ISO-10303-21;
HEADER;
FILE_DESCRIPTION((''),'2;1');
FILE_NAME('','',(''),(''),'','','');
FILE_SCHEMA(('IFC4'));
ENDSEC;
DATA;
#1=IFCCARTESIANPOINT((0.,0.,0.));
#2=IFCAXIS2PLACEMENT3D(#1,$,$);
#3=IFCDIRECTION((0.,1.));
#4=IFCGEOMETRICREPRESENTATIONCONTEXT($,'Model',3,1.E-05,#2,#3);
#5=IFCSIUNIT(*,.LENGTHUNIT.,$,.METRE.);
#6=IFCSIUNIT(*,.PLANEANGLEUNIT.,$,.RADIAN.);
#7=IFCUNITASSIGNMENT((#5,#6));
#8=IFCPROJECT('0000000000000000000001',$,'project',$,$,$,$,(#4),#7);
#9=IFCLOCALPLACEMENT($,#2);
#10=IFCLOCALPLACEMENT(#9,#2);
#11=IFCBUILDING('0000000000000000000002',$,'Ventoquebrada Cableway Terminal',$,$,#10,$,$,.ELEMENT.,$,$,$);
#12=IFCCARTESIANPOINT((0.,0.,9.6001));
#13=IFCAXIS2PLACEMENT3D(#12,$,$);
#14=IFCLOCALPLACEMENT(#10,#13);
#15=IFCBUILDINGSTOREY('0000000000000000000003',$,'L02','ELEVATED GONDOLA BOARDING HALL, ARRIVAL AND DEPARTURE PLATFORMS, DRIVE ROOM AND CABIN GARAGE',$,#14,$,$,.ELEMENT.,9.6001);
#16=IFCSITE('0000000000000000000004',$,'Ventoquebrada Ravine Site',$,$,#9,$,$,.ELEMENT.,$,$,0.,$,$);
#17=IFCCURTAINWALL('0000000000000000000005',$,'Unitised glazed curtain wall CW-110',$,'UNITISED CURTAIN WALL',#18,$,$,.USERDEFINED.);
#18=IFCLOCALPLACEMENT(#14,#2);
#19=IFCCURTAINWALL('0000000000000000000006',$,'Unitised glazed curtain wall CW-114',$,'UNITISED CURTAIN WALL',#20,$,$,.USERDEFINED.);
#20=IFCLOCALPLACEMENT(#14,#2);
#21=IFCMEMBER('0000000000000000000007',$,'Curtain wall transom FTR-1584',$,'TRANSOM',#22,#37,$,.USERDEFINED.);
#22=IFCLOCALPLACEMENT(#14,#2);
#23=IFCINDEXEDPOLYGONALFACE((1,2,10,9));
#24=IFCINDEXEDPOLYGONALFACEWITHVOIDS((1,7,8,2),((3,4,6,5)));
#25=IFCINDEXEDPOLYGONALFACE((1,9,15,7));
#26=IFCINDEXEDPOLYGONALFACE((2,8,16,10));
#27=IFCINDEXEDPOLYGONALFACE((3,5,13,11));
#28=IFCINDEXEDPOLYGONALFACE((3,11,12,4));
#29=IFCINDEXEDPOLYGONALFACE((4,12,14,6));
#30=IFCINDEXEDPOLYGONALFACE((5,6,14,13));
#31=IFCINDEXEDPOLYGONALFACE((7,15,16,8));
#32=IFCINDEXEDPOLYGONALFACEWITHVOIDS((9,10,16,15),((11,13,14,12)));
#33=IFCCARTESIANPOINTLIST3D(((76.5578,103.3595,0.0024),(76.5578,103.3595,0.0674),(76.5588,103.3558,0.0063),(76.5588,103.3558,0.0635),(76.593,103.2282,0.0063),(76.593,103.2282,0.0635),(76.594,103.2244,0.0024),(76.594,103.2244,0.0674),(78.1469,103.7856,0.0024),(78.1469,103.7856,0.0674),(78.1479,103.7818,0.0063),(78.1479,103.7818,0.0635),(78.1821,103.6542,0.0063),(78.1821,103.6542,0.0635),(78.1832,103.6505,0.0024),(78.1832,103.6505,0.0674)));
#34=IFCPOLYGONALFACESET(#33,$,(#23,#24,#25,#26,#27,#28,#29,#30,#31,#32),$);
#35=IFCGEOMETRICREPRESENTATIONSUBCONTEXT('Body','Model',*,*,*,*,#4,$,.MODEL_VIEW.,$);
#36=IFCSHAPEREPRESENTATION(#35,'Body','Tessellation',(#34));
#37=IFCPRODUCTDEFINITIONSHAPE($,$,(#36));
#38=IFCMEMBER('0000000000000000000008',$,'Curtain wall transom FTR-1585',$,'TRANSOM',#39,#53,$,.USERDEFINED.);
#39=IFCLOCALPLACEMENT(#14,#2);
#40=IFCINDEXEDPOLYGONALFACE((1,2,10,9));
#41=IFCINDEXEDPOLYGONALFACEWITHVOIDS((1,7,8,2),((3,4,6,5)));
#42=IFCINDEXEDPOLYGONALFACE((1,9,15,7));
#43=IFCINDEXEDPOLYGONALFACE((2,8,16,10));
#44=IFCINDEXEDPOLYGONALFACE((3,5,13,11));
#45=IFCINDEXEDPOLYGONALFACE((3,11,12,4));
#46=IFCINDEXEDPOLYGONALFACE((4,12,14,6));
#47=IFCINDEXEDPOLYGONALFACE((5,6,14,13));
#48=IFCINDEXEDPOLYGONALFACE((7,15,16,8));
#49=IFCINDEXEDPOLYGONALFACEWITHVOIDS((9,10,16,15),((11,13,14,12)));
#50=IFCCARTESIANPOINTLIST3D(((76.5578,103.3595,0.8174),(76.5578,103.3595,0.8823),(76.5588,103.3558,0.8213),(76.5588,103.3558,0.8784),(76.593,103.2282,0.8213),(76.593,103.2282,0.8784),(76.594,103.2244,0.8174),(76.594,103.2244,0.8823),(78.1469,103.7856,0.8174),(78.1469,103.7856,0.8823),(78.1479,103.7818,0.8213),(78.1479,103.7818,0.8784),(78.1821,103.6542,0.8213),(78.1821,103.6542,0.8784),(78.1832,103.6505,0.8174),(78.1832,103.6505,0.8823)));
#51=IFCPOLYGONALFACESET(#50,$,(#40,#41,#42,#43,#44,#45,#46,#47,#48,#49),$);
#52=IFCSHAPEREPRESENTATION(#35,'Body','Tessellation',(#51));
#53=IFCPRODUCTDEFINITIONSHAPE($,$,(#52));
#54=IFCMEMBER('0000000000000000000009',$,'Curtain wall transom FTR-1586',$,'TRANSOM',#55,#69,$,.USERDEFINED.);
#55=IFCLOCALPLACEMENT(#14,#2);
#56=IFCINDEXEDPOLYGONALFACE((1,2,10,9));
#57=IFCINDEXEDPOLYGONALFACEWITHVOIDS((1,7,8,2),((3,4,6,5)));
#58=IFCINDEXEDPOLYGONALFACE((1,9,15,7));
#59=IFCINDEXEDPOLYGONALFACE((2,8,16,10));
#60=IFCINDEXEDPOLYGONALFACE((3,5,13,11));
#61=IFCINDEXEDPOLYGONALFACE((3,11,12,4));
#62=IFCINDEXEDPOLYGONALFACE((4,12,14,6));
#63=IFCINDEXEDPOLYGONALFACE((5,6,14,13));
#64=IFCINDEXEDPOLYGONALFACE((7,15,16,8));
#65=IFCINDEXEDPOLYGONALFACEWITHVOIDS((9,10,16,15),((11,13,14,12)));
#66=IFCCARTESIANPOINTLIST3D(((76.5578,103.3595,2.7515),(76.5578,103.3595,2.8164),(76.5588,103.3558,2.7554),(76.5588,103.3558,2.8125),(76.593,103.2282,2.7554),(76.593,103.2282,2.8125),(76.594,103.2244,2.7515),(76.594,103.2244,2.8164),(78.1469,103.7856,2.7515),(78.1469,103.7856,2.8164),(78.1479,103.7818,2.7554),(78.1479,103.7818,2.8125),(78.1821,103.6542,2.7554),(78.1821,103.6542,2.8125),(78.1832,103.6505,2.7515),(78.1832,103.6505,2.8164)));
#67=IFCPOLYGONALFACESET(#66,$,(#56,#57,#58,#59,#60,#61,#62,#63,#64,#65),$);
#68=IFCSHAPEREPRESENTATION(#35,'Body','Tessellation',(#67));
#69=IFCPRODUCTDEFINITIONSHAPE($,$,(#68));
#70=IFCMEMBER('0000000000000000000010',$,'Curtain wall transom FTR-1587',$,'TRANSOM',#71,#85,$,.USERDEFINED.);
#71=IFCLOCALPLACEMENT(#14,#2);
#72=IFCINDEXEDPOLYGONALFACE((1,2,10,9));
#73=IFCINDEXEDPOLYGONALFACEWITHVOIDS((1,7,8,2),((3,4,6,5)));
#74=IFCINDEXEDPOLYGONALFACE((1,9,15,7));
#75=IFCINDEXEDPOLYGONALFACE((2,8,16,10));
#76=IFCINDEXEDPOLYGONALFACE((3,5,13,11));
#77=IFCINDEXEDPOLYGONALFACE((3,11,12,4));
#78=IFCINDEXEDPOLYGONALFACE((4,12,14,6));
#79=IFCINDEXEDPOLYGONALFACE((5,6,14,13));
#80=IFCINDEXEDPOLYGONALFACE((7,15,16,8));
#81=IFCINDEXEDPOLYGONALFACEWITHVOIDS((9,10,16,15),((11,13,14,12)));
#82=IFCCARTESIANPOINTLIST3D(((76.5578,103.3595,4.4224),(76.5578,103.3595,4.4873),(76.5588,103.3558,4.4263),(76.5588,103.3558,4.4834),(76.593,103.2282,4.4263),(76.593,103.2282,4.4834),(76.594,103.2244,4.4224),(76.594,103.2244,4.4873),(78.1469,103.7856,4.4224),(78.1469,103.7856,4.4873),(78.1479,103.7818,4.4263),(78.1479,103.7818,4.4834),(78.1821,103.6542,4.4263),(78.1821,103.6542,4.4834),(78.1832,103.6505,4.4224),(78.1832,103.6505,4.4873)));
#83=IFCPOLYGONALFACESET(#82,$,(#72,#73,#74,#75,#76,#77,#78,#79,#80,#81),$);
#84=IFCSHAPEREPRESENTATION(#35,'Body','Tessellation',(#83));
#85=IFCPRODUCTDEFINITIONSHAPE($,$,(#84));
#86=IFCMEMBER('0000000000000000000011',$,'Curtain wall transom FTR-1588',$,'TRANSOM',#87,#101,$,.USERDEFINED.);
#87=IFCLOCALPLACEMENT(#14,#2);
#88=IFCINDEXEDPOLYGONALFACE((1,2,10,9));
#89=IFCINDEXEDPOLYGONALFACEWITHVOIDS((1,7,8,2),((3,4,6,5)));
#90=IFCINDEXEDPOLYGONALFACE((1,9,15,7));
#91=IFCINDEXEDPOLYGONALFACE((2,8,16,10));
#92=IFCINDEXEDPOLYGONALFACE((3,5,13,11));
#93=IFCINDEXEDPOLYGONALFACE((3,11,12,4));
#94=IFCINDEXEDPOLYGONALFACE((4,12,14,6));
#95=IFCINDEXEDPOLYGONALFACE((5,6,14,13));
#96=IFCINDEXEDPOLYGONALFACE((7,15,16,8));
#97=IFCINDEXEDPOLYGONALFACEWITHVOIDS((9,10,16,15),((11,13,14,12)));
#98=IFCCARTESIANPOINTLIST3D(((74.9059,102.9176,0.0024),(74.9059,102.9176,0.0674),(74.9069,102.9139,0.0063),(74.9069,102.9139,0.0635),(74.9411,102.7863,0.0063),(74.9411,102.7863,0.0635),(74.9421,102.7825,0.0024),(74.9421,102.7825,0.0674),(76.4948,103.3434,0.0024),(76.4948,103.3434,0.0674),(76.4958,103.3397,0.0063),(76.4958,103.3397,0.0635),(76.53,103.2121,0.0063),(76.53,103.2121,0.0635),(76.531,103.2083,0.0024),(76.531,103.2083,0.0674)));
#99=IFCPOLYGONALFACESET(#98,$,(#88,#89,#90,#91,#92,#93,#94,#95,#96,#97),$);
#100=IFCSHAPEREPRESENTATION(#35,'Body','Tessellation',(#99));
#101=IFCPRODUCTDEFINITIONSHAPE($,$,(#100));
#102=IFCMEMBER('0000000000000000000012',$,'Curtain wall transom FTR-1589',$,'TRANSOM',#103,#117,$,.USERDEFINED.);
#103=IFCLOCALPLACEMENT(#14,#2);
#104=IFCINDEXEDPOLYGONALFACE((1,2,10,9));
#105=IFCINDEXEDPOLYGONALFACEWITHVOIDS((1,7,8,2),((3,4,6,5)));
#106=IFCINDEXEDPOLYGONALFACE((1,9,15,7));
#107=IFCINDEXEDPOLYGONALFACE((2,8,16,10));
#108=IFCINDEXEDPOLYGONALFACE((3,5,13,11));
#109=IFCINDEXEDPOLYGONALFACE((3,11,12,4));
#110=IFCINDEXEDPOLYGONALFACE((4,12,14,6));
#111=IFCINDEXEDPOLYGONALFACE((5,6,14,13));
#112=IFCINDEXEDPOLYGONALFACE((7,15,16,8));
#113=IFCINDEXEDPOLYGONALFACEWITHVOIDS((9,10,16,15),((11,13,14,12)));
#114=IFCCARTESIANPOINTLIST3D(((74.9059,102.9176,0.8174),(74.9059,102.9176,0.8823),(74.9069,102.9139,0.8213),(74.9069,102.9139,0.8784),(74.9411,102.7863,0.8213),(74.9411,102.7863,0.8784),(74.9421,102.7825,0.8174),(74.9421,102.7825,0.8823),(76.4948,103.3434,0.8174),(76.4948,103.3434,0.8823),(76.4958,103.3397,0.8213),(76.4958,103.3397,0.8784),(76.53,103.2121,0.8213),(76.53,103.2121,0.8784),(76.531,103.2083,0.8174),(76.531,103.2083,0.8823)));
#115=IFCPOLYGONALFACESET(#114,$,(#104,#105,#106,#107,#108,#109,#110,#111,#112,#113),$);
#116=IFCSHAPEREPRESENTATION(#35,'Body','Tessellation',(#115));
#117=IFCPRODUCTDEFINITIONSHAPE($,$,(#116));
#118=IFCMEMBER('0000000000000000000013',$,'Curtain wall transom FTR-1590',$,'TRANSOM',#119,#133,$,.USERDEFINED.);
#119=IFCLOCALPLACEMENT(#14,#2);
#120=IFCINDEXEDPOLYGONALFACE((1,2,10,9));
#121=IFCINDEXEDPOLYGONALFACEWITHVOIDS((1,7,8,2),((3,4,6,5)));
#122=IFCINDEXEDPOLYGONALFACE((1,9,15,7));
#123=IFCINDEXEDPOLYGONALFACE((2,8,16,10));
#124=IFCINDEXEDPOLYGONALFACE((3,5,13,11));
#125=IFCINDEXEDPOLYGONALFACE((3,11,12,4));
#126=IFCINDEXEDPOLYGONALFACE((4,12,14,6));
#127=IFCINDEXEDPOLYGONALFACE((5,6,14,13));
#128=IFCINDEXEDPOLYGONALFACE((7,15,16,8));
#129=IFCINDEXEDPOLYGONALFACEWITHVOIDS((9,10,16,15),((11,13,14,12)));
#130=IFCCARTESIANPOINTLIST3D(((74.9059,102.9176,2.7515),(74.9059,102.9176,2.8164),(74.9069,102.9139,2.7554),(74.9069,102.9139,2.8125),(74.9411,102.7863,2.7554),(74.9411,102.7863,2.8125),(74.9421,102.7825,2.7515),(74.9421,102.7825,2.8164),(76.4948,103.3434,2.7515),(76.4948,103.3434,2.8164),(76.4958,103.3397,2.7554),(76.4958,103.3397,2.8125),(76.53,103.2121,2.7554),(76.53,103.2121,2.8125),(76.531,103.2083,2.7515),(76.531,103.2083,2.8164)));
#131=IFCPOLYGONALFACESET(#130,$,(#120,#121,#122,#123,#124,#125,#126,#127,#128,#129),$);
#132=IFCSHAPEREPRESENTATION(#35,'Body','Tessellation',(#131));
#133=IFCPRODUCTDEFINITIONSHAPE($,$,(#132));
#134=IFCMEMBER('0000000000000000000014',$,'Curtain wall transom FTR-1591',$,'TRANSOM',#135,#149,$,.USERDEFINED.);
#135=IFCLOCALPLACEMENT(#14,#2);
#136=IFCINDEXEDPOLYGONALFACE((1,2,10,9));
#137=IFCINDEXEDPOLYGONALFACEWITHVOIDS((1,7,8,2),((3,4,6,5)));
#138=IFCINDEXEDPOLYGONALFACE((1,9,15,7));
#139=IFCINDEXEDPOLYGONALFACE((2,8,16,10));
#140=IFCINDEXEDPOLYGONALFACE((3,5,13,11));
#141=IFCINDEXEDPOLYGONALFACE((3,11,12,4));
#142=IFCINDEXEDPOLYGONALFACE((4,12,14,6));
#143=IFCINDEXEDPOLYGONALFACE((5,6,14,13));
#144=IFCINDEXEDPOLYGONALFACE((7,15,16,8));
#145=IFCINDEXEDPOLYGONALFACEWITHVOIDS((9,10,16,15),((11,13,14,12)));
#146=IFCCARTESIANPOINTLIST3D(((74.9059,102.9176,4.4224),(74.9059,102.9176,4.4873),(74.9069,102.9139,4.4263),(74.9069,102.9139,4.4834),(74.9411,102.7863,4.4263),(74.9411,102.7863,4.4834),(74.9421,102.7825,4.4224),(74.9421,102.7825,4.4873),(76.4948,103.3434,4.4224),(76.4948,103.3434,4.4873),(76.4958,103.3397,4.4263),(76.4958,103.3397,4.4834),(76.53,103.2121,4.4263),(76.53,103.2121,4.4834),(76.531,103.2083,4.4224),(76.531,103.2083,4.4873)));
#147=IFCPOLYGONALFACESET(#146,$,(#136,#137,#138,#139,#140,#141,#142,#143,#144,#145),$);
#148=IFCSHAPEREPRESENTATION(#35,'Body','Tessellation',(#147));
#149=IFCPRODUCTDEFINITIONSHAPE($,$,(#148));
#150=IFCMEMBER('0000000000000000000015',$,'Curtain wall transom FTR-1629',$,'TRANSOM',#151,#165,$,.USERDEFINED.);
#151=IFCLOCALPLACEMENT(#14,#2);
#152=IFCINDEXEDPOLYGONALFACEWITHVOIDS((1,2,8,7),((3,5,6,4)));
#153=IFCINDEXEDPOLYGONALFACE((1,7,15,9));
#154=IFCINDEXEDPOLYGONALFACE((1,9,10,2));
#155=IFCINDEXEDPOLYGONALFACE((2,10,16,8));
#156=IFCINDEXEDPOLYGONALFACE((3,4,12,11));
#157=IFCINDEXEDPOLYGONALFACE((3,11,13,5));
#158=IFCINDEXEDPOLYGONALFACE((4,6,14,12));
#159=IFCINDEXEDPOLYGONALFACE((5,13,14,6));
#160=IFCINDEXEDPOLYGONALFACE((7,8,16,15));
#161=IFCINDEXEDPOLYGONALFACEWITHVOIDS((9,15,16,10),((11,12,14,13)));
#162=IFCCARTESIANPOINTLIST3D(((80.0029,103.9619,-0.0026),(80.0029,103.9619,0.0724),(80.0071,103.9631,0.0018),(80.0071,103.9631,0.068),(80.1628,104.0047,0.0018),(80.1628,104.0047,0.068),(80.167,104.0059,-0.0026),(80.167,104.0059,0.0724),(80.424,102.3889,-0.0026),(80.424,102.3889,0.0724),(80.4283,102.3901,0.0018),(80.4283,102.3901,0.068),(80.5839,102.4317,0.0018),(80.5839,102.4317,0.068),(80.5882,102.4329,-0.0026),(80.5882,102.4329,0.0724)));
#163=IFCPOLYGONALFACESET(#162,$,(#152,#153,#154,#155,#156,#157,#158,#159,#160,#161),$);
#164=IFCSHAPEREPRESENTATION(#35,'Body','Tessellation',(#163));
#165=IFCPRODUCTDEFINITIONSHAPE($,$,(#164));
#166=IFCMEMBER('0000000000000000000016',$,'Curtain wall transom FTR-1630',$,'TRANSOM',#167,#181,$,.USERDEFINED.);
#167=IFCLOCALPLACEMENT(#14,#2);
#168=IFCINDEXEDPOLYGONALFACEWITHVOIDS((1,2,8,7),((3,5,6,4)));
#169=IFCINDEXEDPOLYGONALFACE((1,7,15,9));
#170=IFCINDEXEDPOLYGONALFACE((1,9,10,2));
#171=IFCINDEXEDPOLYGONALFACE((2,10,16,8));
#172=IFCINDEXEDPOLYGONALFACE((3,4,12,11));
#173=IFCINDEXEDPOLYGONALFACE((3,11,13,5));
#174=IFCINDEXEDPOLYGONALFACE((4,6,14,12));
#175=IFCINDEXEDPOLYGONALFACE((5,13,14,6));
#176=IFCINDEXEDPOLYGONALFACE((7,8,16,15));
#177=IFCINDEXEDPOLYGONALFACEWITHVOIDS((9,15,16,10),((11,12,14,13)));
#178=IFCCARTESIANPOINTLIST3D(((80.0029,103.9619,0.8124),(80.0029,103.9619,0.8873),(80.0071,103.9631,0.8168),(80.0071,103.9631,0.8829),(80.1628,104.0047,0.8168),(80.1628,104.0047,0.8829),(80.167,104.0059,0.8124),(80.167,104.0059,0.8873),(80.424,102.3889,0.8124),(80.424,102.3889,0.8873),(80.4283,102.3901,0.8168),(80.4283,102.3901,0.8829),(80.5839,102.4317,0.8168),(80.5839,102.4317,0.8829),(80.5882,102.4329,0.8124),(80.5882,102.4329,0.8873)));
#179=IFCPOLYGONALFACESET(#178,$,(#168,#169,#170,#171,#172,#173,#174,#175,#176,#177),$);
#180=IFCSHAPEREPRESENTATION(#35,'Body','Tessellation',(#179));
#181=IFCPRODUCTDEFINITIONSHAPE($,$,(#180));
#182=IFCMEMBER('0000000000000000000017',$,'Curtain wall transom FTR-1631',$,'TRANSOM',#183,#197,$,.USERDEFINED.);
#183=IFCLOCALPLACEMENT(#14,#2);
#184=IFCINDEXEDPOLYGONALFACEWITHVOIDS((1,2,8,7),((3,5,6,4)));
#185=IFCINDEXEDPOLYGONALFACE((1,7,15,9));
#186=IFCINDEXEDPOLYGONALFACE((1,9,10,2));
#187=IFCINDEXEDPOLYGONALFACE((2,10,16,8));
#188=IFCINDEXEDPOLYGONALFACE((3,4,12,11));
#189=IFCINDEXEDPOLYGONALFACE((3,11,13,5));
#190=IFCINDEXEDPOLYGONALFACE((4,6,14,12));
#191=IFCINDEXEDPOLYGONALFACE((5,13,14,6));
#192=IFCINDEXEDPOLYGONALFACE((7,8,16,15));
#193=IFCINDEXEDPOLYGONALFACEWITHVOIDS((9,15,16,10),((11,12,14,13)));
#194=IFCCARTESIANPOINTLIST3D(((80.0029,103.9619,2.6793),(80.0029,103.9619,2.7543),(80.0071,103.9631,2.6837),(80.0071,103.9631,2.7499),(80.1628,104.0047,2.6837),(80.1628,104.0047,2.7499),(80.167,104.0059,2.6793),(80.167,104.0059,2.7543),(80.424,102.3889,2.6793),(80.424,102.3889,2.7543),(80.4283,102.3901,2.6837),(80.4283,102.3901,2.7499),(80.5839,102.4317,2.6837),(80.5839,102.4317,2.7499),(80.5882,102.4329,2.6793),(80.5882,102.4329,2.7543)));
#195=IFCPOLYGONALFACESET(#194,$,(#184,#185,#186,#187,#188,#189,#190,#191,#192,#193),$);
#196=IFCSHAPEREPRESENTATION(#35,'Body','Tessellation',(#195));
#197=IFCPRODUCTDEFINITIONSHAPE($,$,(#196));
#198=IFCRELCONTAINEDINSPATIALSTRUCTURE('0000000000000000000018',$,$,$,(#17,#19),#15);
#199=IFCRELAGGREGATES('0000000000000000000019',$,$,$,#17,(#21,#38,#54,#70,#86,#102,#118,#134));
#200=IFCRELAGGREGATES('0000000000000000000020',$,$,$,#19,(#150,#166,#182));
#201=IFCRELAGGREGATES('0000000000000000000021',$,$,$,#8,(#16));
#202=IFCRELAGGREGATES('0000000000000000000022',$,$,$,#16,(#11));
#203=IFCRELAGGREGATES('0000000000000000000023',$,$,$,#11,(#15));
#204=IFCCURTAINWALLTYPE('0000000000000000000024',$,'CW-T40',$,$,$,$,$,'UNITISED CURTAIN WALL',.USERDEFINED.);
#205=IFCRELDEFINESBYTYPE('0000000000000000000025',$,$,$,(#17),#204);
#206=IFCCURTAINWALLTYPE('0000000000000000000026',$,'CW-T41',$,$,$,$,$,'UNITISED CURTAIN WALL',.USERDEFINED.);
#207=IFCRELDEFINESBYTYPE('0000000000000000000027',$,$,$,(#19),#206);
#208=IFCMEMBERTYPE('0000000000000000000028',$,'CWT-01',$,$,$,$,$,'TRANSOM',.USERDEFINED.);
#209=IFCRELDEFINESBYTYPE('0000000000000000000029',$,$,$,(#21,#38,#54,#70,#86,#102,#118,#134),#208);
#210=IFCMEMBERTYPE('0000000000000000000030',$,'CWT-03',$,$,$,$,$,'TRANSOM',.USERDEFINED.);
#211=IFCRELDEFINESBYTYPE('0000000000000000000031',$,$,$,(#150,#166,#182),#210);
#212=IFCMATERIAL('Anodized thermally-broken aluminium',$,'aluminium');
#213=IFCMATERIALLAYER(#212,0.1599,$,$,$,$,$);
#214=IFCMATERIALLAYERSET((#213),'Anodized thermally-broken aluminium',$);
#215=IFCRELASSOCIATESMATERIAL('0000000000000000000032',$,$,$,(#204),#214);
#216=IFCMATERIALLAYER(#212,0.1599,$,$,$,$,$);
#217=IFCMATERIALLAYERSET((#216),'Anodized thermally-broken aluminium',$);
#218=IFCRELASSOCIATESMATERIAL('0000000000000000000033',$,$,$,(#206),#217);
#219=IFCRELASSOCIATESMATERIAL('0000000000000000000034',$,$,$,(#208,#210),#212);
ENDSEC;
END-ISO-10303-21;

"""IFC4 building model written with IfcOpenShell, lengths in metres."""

from ifc_helpers import new_model, si_unit, direction, frame, origin, origin_2d, place, context, subcontext, project, spatial, hollow_rectangle, extrude, material, layer, layer_set, material_profile, profile_set, type_object, element, aggregate, save


model = new_model("IFC4")

# Units and contexts
model_context = context("Model", 3, precision=1e-05, world=origin(), true_north=direction((0.0, 1.0)))
body_context = subcontext(model_context, "Body", "Model", "MODEL_VIEW")
ifc_project = project(units=[si_unit("LENGTHUNIT", "METRE"), si_unit("PLANEANGLEUNIT", "RADIAN")], contexts=[model_context])

# Site, building, storey
site_placement = place(None, origin())
site = spatial("IfcSite", under=ifc_project, at=site_placement, Name="Ventoquebrada Ravine Site", CompositionType="ELEMENT", RefElevation=0.0)
building_placement = place(site_placement, origin())
building = spatial("IfcBuilding", under=site, at=building_placement, Name="Ventoquebrada Cableway Terminal", CompositionType="ELEMENT")
storey_placement = place(building_placement, frame((0.0, 0.0, 9.6001)))
storey = spatial("IfcBuildingStorey", under=building, at=storey_placement, Name="L02", Description="ELEVATED GONDOLA BOARDING HALL, ARRIVAL AND DEPARTURE PLATFORMS, DRIVE ROOM AND CABIN GARAGE", CompositionType="ELEMENT", Elevation=9.6001)

# Curtain walls
ifc_material_1 = material(Name="Anodized thermally-broken aluminium", Category="aluminium")
ifc_layer_1 = layer(ifc_material_1, 0.1599)
ifc_layer_set_1 = layer_set([ifc_layer_1], Name="Anodized thermally-broken aluminium")
curtain_wall_type_1 = type_object("IfcCurtainWallType", Name="CW-T40", ElementType="UNITISED CURTAIN WALL", PredefinedType="USERDEFINED", material=ifc_layer_set_1)
curtain_wall_1_placement = place(storey_placement, origin())
curtain_wall_1 = element("IfcCurtainWall", 1, at=curtain_wall_1_placement, inside=storey, type_object=curtain_wall_type_1, Name="Unitised glazed curtain wall CW-110", ObjectType="UNITISED CURTAIN WALL", PredefinedType="USERDEFINED")
ifc_layer_2 = layer(ifc_material_1, 0.1599)
ifc_layer_set_2 = layer_set([ifc_layer_2], Name="Anodized thermally-broken aluminium")
curtain_wall_type_2 = type_object("IfcCurtainWallType", Name="CW-T41", ElementType="UNITISED CURTAIN WALL", PredefinedType="USERDEFINED", material=ifc_layer_set_2)
curtain_wall_2_placement = place(storey_placement, origin())
curtain_wall_2 = element("IfcCurtainWall", 2, at=curtain_wall_2_placement, inside=storey, type_object=curtain_wall_type_2, Name="Unitised glazed curtain wall CW-114", ObjectType="UNITISED CURTAIN WALL", PredefinedType="USERDEFINED")

# Members
ifc_material_profile_1 = material_profile(ifc_material_1, hollow_rectangle(XDim=0.0649, YDim=0.1399, WallThickness=0.0039, at=origin_2d()), Name="CW-TRN-65X140")
ifc_profile_set_1 = profile_set([ifc_material_profile_1], Name="Anodized thermally-broken aluminium")
member_type_1 = type_object("IfcMemberType", Name="CWT-01", ElementType="TRANSOM", PredefinedType="USERDEFINED", material=ifc_profile_set_1)
member_1_placement = place(storey_placement, frame((78.165, 103.718, 0.0349), z_axis=(-0.965892, -0.258946, 0.0), x_axis=(0.0, 0.0, 1.0)))
member_1 = element("IfcMember", 3, at=member_1_placement, type_object=member_type_1, Name="Curtain wall transom FTR-1584", ObjectType="TRANSOM", PredefinedType="USERDEFINED", context=body_context, shape_type="SweptSolid", body=[
    extrude(hollow_rectangle(XDim=0.0649, YDim=0.1399, WallThickness=0.0039, at=origin_2d()), origin(), (0.0, 0.0, 1.0), 1.6453),
])
member_2_placement = place(storey_placement, frame((78.165, 103.718, 0.8499), z_axis=(-0.965892, -0.258946, 0.0), x_axis=(0.0, 0.0, 1.0)))
member_2 = element("IfcMember", 4, at=member_2_placement, type_object=member_type_1, Name="Curtain wall transom FTR-1585", ObjectType="TRANSOM", PredefinedType="USERDEFINED", context=body_context, shape_type="SweptSolid", body=[
    extrude(hollow_rectangle(XDim=0.0649, YDim=0.1399, WallThickness=0.0039, at=origin_2d()), origin(), (0.0, 0.0, 1.0), 1.6453),
])
member_3_placement = place(storey_placement, frame((78.165, 103.718, 2.7839), z_axis=(-0.965892, -0.258946, 0.0), x_axis=(0.0, 0.0, 1.0)))
member_3 = element("IfcMember", 5, at=member_3_placement, type_object=member_type_1, Name="Curtain wall transom FTR-1586", ObjectType="TRANSOM", PredefinedType="USERDEFINED", context=body_context, shape_type="SweptSolid", body=[
    extrude(hollow_rectangle(XDim=0.0649, YDim=0.1399, WallThickness=0.0039, at=origin_2d()), origin(), (0.0, 0.0, 1.0), 1.6453),
])
member_4_placement = place(storey_placement, frame((78.165, 103.718, 4.4548), z_axis=(-0.965892, -0.258946, 0.0), x_axis=(0.0, 0.0, 1.0)))
member_4 = element("IfcMember", 6, at=member_4_placement, type_object=member_type_1, Name="Curtain wall transom FTR-1587", ObjectType="TRANSOM", PredefinedType="USERDEFINED", context=body_context, shape_type="SweptSolid", body=[
    extrude(hollow_rectangle(XDim=0.0649, YDim=0.1399, WallThickness=0.0039, at=origin_2d()), origin(), (0.0, 0.0, 1.0), 1.6453),
])
member_5_placement = place(storey_placement, frame((76.5129, 103.2759, 0.0349), z_axis=(-0.965919, -0.258845, 0.0), x_axis=(0.0, 0.0, 1.0)))
member_5 = element("IfcMember", 7, at=member_5_placement, type_object=member_type_1, Name="Curtain wall transom FTR-1588", ObjectType="TRANSOM", PredefinedType="USERDEFINED", context=body_context, shape_type="SweptSolid", body=[
    extrude(hollow_rectangle(XDim=0.0649, YDim=0.1399, WallThickness=0.0039, at=origin_2d()), origin(), (0.0, 0.0, 1.0), 1.645),
])
member_6_placement = place(storey_placement, frame((76.5129, 103.2759, 0.8499), z_axis=(-0.965919, -0.258845, 0.0), x_axis=(0.0, 0.0, 1.0)))
member_6 = element("IfcMember", 8, at=member_6_placement, type_object=member_type_1, Name="Curtain wall transom FTR-1589", ObjectType="TRANSOM", PredefinedType="USERDEFINED", context=body_context, shape_type="SweptSolid", body=[
    extrude(hollow_rectangle(XDim=0.0649, YDim=0.1399, WallThickness=0.0039, at=origin_2d()), origin(), (0.0, 0.0, 1.0), 1.645),
])
member_7_placement = place(storey_placement, frame((76.5129, 103.2759, 2.7839), z_axis=(-0.965919, -0.258845, 0.0), x_axis=(0.0, 0.0, 1.0)))
member_7 = element("IfcMember", 9, at=member_7_placement, type_object=member_type_1, Name="Curtain wall transom FTR-1590", ObjectType="TRANSOM", PredefinedType="USERDEFINED", context=body_context, shape_type="SweptSolid", body=[
    extrude(hollow_rectangle(XDim=0.0649, YDim=0.1399, WallThickness=0.0039, at=origin_2d()), origin(), (0.0, 0.0, 1.0), 1.645),
])
member_8_placement = place(storey_placement, frame((76.5129, 103.2759, 4.4548), z_axis=(-0.965919, -0.258845, 0.0), x_axis=(0.0, 0.0, 1.0)))
member_8 = element("IfcMember", 10, at=member_8_placement, type_object=member_type_1, Name="Curtain wall transom FTR-1591", ObjectType="TRANSOM", PredefinedType="USERDEFINED", context=body_context, shape_type="SweptSolid", body=[
    extrude(hollow_rectangle(XDim=0.0649, YDim=0.1399, WallThickness=0.0039, at=origin_2d()), origin(), (0.0, 0.0, 1.0), 1.645),
])
ifc_material_profile_2 = material_profile(ifc_material_1, hollow_rectangle(XDim=0.075, YDim=0.1699, WallThickness=0.0044, at=origin_2d()), Name="CW-TRN-75X170")
ifc_profile_set_2 = profile_set([ifc_material_profile_2], Name="Anodized thermally-broken aluminium")
member_type_2 = type_object("IfcMemberType", Name="CWT-03", ElementType="TRANSOM", PredefinedType="USERDEFINED", material=ifc_profile_set_2)
member_9_placement = place(storey_placement, frame((80.5061, 102.4109, 0.0349), z_axis=(-0.258624, 0.965978, 0.0), x_axis=(0.0, 0.0, 1.0)))
member_9 = element("IfcMember", 11, at=member_9_placement, type_object=member_type_2, Name="Curtain wall transom FTR-1629", ObjectType="TRANSOM", PredefinedType="USERDEFINED", context=body_context, shape_type="SweptSolid", body=[
    extrude(hollow_rectangle(XDim=0.075, YDim=0.1699, WallThickness=0.0044, at=origin_2d()), origin(), (0.0, 0.0, 1.0), 1.6284),
])
member_10_placement = place(storey_placement, frame((80.5061, 102.4109, 0.8499), z_axis=(-0.258624, 0.965978, 0.0), x_axis=(0.0, 0.0, 1.0)))
member_10 = element("IfcMember", 12, at=member_10_placement, type_object=member_type_2, Name="Curtain wall transom FTR-1630", ObjectType="TRANSOM", PredefinedType="USERDEFINED", context=body_context, shape_type="SweptSolid", body=[
    extrude(hollow_rectangle(XDim=0.075, YDim=0.1699, WallThickness=0.0044, at=origin_2d()), origin(), (0.0, 0.0, 1.0), 1.6284),
])
member_11_placement = place(storey_placement, frame((80.5061, 102.4109, 2.7168), z_axis=(-0.258624, 0.965978, 0.0), x_axis=(0.0, 0.0, 1.0)))
member_11 = element("IfcMember", 13, at=member_11_placement, type_object=member_type_2, Name="Curtain wall transom FTR-1631", ObjectType="TRANSOM", PredefinedType="USERDEFINED", context=body_context, shape_type="SweptSolid", body=[
    extrude(hollow_rectangle(XDim=0.075, YDim=0.1699, WallThickness=0.0044, at=origin_2d()), origin(), (0.0, 0.0, 1.0), 1.6284),
])

aggregate(curtain_wall_1, [member_1, member_2, member_3, member_4, member_5, member_6, member_7, member_8])
aggregate(curtain_wall_2, [member_9, member_10, member_11])

save(model, "model.ifc")
